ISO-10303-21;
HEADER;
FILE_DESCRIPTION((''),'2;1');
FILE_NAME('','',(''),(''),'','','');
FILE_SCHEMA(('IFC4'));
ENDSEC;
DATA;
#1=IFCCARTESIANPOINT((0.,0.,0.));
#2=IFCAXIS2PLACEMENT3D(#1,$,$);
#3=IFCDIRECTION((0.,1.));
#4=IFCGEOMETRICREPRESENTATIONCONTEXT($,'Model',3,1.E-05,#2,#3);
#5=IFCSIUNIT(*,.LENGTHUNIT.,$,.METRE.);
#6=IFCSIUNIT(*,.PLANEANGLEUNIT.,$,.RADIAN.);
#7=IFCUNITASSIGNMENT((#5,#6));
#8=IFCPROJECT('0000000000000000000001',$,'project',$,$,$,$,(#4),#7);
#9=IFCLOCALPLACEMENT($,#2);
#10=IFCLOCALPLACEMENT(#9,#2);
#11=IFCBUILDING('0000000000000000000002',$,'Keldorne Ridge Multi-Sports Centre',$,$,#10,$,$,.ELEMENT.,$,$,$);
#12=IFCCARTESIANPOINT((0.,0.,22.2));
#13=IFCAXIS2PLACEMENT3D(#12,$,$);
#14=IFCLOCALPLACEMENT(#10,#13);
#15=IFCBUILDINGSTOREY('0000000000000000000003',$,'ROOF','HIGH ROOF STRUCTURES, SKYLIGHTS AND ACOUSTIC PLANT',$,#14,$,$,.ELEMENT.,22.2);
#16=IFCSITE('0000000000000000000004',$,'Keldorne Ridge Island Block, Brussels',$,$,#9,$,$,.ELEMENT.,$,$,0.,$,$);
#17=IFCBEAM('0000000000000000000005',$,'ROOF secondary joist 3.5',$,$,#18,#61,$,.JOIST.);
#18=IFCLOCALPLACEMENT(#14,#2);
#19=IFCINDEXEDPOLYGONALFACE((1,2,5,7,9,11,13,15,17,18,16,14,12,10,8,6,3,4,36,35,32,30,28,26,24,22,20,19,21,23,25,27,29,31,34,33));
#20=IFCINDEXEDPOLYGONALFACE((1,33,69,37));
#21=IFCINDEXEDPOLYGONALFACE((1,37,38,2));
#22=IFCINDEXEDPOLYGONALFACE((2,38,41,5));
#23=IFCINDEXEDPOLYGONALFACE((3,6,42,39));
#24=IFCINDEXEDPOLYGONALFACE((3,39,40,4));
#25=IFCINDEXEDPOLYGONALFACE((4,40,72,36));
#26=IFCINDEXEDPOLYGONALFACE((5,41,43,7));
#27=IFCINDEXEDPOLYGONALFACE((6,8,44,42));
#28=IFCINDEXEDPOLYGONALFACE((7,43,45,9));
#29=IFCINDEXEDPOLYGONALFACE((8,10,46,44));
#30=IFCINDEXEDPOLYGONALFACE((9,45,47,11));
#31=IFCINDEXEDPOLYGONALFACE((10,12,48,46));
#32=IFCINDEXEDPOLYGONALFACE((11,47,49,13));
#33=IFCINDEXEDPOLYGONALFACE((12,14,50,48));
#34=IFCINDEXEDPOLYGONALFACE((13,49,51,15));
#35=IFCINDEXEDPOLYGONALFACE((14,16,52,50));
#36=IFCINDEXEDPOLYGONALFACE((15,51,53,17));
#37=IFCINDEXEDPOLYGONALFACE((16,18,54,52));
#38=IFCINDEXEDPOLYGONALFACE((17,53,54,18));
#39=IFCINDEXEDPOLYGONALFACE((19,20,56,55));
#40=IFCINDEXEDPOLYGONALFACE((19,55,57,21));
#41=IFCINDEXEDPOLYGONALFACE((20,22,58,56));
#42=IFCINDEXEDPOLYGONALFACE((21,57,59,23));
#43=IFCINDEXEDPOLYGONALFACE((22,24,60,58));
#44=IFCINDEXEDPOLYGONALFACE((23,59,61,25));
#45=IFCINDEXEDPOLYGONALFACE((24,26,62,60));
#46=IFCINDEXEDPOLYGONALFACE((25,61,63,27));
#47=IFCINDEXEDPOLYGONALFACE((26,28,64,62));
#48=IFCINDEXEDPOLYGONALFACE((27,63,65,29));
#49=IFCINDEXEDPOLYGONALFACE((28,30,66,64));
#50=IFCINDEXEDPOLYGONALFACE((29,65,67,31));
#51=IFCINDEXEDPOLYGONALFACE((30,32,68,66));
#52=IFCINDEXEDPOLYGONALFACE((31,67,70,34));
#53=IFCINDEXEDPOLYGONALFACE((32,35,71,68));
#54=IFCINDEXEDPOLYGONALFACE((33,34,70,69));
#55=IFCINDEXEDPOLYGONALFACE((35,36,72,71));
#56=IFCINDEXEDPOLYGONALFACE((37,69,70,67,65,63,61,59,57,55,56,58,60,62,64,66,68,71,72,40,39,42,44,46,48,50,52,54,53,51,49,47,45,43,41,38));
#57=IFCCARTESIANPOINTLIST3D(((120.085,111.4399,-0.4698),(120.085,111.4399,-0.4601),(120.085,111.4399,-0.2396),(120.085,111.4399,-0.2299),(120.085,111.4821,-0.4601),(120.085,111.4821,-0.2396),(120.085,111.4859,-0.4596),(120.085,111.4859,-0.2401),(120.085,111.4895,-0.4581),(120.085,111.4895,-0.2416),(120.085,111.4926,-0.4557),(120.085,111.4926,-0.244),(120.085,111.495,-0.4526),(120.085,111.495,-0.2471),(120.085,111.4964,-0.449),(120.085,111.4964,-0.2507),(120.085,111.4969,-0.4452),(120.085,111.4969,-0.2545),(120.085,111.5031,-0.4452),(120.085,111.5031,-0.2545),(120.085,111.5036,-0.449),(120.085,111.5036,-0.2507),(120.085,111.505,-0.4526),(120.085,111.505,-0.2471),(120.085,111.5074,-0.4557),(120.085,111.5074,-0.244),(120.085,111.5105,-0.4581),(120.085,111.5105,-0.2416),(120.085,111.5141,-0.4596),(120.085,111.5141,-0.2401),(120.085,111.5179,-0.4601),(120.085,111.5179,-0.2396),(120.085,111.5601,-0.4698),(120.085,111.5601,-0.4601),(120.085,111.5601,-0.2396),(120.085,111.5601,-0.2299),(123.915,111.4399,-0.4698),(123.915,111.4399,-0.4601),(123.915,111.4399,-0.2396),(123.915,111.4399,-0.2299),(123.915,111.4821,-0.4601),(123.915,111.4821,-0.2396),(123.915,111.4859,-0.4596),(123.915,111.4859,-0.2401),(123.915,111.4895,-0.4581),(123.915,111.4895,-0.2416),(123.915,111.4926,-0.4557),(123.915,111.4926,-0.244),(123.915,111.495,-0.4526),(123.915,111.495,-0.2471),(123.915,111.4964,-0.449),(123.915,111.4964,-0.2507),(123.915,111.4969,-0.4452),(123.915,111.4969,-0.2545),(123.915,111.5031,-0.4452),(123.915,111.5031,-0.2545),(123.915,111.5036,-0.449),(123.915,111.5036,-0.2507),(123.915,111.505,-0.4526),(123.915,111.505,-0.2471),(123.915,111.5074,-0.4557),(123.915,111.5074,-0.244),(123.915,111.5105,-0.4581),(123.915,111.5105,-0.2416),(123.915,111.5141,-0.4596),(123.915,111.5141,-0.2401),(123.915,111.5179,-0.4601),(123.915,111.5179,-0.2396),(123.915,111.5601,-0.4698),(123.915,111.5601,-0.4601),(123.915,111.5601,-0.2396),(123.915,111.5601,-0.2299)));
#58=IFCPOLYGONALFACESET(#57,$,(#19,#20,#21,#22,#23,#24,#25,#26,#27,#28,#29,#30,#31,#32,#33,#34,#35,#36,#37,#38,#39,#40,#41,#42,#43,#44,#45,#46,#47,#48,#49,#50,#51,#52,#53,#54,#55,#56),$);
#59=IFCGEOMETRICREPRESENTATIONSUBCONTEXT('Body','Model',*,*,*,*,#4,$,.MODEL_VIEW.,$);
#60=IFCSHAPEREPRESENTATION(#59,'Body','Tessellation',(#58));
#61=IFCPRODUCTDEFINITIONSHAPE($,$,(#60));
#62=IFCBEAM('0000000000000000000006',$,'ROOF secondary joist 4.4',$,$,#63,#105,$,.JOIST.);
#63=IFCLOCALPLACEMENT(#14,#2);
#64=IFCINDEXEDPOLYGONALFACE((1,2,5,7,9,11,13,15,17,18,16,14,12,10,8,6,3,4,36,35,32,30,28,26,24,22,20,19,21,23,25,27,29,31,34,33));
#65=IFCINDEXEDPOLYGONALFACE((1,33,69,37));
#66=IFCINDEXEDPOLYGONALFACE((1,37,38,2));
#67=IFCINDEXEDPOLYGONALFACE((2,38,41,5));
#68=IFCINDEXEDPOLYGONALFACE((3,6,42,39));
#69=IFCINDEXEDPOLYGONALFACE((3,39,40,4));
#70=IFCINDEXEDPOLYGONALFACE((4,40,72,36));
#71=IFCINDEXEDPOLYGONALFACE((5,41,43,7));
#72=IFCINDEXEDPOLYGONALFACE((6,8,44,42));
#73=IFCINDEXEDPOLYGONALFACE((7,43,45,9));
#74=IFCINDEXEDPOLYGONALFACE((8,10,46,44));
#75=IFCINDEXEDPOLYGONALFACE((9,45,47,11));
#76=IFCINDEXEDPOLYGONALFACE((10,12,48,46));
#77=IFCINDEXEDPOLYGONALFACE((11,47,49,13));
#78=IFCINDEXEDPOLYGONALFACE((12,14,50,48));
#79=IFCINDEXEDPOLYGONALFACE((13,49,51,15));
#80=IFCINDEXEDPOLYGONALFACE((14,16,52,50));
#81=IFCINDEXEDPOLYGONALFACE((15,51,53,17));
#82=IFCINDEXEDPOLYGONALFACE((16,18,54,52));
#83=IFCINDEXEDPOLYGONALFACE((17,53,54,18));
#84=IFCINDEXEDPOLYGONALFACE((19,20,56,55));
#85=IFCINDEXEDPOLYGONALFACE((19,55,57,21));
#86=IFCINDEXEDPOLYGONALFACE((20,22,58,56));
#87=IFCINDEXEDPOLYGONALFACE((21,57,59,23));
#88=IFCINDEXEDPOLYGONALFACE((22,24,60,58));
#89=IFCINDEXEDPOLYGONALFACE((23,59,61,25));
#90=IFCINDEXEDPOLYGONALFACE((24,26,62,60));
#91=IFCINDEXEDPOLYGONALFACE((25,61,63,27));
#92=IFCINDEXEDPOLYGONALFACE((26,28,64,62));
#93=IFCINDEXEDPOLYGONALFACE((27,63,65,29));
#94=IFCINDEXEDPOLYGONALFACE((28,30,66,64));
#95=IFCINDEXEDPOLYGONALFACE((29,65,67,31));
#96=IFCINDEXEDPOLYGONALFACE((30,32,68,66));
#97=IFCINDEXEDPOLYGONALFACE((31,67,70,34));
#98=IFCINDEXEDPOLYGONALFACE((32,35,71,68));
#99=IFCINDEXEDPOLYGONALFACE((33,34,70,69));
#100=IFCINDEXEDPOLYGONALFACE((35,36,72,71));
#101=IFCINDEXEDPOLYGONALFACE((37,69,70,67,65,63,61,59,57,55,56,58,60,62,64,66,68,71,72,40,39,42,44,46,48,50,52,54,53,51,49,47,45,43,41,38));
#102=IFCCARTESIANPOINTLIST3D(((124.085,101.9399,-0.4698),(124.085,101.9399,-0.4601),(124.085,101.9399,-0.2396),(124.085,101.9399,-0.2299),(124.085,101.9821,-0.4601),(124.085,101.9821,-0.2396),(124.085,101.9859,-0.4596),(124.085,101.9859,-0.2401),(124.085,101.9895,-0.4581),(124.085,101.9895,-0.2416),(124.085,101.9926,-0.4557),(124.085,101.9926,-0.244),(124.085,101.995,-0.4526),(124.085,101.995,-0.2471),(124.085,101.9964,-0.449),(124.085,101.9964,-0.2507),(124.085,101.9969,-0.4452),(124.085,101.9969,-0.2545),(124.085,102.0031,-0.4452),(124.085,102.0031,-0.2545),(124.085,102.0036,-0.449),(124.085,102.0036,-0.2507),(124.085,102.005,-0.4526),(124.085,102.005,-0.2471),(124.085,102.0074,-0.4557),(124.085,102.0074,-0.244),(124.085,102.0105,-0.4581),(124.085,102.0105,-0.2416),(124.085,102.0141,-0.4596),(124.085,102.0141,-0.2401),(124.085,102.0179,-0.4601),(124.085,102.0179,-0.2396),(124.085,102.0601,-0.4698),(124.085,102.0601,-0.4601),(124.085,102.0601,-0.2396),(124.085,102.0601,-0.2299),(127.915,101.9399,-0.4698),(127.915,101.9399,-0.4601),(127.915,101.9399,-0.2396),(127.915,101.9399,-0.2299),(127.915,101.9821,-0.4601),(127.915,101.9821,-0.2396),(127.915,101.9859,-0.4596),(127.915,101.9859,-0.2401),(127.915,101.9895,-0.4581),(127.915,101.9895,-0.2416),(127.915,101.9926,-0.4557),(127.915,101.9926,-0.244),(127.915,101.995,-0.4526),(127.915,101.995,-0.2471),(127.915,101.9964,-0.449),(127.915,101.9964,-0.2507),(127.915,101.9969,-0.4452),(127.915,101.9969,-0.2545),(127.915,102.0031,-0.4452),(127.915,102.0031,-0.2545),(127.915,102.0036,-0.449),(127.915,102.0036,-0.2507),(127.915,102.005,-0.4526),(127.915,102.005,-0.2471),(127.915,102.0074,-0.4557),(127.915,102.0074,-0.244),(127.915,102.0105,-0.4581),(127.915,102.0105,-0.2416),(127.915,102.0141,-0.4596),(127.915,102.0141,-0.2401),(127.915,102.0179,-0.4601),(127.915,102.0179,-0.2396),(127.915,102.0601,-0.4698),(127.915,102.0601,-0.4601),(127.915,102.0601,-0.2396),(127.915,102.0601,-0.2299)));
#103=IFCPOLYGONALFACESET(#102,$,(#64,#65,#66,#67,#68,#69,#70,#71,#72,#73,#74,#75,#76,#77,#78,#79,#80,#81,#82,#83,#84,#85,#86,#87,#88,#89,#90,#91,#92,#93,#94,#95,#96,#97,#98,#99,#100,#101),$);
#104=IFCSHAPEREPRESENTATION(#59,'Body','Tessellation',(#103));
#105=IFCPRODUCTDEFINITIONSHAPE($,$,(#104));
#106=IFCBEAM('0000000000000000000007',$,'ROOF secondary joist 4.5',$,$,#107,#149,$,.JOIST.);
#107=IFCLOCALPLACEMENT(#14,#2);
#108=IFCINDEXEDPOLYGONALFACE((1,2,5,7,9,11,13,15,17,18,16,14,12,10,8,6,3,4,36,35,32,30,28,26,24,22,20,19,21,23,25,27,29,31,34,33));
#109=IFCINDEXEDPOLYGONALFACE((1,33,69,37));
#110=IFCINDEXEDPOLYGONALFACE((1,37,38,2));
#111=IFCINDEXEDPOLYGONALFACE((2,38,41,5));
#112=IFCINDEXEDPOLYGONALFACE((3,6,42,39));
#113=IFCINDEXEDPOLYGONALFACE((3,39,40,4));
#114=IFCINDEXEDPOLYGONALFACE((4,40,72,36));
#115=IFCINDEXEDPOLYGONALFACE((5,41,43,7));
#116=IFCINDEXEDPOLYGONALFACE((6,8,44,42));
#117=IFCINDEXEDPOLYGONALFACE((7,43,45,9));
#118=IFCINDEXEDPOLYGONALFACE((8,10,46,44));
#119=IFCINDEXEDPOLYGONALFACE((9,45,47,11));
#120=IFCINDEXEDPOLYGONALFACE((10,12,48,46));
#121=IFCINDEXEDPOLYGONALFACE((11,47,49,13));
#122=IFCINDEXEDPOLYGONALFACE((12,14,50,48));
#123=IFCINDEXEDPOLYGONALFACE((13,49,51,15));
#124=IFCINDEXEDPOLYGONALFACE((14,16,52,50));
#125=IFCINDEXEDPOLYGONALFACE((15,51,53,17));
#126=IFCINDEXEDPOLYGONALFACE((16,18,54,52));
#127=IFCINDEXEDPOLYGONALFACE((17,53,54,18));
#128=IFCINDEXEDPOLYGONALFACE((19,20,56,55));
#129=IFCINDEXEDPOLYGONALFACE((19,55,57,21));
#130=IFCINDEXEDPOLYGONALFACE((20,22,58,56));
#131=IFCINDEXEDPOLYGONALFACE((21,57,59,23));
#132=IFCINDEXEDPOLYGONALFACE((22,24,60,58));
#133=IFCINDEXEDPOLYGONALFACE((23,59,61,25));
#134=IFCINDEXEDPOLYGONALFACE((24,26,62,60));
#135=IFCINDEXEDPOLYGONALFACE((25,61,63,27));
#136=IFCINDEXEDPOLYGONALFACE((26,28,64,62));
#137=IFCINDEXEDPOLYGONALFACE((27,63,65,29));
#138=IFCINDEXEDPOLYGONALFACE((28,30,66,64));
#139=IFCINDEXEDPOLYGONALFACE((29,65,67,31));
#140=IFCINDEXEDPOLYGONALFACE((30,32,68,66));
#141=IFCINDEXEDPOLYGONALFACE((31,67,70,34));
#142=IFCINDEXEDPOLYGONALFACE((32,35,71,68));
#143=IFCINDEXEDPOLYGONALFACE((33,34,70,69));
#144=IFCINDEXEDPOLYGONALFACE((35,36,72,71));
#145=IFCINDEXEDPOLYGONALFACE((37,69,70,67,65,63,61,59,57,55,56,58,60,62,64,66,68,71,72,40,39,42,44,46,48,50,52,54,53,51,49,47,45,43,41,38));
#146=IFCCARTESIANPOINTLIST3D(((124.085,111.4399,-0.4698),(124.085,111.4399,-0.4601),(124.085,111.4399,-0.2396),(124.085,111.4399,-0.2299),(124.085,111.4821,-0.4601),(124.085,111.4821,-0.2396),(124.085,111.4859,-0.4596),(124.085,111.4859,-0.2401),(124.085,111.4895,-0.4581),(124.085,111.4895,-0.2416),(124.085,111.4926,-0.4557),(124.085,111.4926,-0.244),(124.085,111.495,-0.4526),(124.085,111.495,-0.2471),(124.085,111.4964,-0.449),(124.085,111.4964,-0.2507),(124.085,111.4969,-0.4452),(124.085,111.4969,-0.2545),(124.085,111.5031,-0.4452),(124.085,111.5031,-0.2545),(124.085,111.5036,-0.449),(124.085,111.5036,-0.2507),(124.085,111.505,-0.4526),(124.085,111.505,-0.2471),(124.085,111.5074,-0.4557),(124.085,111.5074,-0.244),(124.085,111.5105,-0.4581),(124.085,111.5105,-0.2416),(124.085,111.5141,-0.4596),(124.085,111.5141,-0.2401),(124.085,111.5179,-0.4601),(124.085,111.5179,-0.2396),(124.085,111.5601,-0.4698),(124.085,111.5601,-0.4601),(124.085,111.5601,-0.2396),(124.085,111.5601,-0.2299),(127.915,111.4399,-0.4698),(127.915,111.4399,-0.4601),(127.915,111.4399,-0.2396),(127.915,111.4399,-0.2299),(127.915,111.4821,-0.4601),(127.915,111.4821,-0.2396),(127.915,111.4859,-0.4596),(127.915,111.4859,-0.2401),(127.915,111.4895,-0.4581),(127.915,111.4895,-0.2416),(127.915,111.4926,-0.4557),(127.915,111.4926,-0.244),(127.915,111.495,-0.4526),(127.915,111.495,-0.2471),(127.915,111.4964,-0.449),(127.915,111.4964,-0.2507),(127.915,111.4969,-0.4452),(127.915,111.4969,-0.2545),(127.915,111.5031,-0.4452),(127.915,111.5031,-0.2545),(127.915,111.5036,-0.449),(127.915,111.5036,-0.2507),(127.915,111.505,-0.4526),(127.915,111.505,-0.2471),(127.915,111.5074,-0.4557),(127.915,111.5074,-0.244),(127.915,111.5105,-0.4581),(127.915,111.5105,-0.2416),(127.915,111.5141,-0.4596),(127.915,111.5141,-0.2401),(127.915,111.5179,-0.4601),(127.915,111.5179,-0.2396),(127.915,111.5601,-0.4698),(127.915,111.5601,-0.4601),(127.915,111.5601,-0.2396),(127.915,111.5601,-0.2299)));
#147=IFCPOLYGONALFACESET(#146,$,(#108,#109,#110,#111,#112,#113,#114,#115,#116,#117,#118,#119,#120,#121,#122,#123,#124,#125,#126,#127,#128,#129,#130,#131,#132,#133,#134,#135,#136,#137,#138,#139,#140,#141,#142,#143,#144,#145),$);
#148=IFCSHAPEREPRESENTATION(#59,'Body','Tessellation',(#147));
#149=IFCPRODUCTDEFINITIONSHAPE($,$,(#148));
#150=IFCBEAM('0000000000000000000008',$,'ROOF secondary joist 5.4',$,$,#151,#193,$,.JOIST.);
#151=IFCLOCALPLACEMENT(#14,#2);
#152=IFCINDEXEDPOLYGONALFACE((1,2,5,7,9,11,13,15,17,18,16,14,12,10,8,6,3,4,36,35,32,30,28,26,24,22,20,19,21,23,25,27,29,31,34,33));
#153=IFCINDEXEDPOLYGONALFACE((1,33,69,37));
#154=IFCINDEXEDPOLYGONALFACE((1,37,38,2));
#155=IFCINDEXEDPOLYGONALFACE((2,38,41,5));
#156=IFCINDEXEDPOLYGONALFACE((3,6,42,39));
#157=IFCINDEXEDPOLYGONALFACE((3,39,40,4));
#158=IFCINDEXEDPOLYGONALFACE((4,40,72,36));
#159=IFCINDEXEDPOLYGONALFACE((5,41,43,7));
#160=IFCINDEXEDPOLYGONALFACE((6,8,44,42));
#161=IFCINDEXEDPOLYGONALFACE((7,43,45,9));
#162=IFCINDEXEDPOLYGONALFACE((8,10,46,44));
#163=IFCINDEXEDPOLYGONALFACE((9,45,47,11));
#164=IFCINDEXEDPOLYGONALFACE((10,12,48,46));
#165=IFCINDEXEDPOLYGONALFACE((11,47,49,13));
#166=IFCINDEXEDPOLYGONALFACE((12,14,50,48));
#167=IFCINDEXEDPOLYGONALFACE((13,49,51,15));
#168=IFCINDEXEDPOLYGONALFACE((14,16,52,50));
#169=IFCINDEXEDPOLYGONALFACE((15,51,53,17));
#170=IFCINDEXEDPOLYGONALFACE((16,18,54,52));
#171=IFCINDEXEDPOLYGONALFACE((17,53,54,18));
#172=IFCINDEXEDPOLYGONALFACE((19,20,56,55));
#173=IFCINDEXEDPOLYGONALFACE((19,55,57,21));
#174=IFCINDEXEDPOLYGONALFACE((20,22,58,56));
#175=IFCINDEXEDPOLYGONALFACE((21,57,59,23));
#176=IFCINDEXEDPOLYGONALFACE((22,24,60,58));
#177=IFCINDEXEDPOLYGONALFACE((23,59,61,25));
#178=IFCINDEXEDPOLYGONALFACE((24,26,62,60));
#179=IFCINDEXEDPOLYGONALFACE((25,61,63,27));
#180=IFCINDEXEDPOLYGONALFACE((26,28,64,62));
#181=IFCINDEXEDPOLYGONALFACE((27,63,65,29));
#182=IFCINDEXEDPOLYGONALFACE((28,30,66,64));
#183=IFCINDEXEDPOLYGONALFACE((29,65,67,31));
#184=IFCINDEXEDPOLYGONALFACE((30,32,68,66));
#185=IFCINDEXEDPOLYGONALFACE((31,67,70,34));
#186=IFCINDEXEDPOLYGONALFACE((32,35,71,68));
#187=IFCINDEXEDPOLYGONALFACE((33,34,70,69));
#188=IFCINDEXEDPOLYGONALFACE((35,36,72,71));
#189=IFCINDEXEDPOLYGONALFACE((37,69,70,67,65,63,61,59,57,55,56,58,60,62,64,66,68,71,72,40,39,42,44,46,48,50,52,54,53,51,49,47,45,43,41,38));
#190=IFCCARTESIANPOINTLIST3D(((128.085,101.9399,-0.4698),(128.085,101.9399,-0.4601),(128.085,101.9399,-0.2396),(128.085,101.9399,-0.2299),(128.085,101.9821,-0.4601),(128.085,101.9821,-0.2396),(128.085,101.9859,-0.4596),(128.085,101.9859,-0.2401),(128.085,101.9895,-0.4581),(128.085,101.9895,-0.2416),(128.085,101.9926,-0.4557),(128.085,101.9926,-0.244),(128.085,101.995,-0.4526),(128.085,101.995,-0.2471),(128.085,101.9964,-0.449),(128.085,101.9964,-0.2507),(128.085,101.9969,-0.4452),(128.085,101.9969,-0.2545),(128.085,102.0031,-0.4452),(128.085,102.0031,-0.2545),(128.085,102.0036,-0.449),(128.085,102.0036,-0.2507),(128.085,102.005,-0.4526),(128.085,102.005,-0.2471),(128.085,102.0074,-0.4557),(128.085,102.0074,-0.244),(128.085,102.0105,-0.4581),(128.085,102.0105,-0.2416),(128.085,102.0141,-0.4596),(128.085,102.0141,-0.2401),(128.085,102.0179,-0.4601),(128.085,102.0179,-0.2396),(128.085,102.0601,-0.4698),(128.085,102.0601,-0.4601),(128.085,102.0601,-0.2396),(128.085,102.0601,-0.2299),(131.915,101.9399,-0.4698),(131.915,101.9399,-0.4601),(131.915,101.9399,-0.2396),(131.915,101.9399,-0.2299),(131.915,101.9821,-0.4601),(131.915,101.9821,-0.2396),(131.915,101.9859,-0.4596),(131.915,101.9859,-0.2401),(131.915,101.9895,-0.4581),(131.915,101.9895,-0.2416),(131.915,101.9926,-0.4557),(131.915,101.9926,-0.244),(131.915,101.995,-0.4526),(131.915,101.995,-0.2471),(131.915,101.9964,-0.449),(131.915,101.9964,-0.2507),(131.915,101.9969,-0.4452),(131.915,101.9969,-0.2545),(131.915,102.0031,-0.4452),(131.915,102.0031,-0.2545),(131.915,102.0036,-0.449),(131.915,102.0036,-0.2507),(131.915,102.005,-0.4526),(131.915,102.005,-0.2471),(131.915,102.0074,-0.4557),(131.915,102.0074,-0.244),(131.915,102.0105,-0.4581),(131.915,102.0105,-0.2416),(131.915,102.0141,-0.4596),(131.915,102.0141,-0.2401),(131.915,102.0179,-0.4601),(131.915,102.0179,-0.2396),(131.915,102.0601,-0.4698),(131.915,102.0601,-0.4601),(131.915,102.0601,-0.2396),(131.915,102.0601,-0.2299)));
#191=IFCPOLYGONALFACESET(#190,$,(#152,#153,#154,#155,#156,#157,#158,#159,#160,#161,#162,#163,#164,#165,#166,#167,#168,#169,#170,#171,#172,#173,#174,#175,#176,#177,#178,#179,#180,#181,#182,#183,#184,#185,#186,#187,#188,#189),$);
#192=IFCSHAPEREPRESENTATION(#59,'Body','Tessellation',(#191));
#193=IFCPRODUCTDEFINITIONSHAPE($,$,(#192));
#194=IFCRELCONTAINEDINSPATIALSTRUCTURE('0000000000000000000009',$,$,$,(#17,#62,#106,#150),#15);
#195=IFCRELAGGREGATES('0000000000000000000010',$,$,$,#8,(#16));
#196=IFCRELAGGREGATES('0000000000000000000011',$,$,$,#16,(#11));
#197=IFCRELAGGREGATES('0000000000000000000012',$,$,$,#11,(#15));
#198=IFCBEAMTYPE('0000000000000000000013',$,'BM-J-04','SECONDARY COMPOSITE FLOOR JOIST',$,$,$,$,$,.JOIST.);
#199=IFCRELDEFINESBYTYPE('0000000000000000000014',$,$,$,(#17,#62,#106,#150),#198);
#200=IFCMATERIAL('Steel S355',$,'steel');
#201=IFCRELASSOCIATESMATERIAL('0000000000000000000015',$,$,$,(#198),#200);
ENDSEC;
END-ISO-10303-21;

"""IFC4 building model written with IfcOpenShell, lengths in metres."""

from ifc_helpers import new_model, si_unit, direction, frame, origin, origin_2d, place, context, subcontext, project, spatial, i_section, extrude, material, material_profile, profile_set, type_object, element, save


model = new_model("IFC4")

# Units and contexts
model_context = context("Model", 3, precision=1e-05, world=origin(), true_north=direction((0.0, 1.0)))
body_context = subcontext(model_context, "Body", "Model", "MODEL_VIEW")
ifc_project = project(units=[si_unit("LENGTHUNIT", "METRE"), si_unit("PLANEANGLEUNIT", "RADIAN")], contexts=[model_context])

# Site, building, storey
site_placement = place(None, origin())
site = spatial("IfcSite", under=ifc_project, at=site_placement, Name="Keldorne Ridge Island Block, Brussels", CompositionType="ELEMENT", RefElevation=0.0)
building_placement = place(site_placement, origin())
building = spatial("IfcBuilding", under=site, at=building_placement, Name="Keldorne Ridge Multi-Sports Centre", CompositionType="ELEMENT")
storey_placement = place(building_placement, frame((0.0, 0.0, 22.2)))
storey = spatial("IfcBuildingStorey", under=building, at=storey_placement, Name="ROOF", Description="HIGH ROOF STRUCTURES, SKYLIGHTS AND ACOUSTIC PLANT", CompositionType="ELEMENT", Elevation=22.2)

# Beams
ifc_material_1 = material(Name="Steel S355", Category="steel")
ifc_material_profile_1 = material_profile(ifc_material_1, i_section(OverallWidth=0.1201, OverallDepth=0.24, WebThickness=0.0061, FlangeThickness=0.0098, FilletRadius=0.0149, at=origin_2d()), Name="IPE 240")
ifc_profile_set_1 = profile_set([ifc_material_profile_1], Name="Steel S355")
beam_type_1 = type_object("IfcBeamType", Name="BM-J-04", Description="SECONDARY COMPOSITE FLOOR JOIST", PredefinedType="JOIST", material=ifc_profile_set_1)
for number, where, z_axis, x_axis, name in (
    (1, (120.085, 111.5, -0.3499), (1.0, 0.0, 0.0), (0.0, 1.0, 0.0), "ROOF secondary joist 3.5"),
    (2, (124.085, 102.0, -0.3499), (1.0, 0.0, 0.0), (0.0, 1.0, 0.0), "ROOF secondary joist 4.4"),
    (3, (124.085, 111.5, -0.3499), (1.0, 0.0, 0.0), (0.0, 1.0, 0.0), "ROOF secondary joist 4.5"),
    (4, (128.085, 102.0, -0.3499), (1.0, 0.0, 0.0), (0.0, 1.0, 0.0), "ROOF secondary joist 5.4"),
):
    element("IfcBeam", number, at=place(storey_placement, frame(where, z_axis=z_axis, x_axis=x_axis)), inside=storey, type_object=beam_type_1, Name=name, PredefinedType="JOIST", context=body_context, shape_type="SweptSolid", body=[
        extrude(i_section(OverallWidth=0.1201, OverallDepth=0.24, WebThickness=0.0061, FlangeThickness=0.0098, FilletRadius=0.0149, at=origin_2d()), origin(), (0.0, 0.0, 1.0), 3.8301),
    ])

save(model, "model.ifc")
